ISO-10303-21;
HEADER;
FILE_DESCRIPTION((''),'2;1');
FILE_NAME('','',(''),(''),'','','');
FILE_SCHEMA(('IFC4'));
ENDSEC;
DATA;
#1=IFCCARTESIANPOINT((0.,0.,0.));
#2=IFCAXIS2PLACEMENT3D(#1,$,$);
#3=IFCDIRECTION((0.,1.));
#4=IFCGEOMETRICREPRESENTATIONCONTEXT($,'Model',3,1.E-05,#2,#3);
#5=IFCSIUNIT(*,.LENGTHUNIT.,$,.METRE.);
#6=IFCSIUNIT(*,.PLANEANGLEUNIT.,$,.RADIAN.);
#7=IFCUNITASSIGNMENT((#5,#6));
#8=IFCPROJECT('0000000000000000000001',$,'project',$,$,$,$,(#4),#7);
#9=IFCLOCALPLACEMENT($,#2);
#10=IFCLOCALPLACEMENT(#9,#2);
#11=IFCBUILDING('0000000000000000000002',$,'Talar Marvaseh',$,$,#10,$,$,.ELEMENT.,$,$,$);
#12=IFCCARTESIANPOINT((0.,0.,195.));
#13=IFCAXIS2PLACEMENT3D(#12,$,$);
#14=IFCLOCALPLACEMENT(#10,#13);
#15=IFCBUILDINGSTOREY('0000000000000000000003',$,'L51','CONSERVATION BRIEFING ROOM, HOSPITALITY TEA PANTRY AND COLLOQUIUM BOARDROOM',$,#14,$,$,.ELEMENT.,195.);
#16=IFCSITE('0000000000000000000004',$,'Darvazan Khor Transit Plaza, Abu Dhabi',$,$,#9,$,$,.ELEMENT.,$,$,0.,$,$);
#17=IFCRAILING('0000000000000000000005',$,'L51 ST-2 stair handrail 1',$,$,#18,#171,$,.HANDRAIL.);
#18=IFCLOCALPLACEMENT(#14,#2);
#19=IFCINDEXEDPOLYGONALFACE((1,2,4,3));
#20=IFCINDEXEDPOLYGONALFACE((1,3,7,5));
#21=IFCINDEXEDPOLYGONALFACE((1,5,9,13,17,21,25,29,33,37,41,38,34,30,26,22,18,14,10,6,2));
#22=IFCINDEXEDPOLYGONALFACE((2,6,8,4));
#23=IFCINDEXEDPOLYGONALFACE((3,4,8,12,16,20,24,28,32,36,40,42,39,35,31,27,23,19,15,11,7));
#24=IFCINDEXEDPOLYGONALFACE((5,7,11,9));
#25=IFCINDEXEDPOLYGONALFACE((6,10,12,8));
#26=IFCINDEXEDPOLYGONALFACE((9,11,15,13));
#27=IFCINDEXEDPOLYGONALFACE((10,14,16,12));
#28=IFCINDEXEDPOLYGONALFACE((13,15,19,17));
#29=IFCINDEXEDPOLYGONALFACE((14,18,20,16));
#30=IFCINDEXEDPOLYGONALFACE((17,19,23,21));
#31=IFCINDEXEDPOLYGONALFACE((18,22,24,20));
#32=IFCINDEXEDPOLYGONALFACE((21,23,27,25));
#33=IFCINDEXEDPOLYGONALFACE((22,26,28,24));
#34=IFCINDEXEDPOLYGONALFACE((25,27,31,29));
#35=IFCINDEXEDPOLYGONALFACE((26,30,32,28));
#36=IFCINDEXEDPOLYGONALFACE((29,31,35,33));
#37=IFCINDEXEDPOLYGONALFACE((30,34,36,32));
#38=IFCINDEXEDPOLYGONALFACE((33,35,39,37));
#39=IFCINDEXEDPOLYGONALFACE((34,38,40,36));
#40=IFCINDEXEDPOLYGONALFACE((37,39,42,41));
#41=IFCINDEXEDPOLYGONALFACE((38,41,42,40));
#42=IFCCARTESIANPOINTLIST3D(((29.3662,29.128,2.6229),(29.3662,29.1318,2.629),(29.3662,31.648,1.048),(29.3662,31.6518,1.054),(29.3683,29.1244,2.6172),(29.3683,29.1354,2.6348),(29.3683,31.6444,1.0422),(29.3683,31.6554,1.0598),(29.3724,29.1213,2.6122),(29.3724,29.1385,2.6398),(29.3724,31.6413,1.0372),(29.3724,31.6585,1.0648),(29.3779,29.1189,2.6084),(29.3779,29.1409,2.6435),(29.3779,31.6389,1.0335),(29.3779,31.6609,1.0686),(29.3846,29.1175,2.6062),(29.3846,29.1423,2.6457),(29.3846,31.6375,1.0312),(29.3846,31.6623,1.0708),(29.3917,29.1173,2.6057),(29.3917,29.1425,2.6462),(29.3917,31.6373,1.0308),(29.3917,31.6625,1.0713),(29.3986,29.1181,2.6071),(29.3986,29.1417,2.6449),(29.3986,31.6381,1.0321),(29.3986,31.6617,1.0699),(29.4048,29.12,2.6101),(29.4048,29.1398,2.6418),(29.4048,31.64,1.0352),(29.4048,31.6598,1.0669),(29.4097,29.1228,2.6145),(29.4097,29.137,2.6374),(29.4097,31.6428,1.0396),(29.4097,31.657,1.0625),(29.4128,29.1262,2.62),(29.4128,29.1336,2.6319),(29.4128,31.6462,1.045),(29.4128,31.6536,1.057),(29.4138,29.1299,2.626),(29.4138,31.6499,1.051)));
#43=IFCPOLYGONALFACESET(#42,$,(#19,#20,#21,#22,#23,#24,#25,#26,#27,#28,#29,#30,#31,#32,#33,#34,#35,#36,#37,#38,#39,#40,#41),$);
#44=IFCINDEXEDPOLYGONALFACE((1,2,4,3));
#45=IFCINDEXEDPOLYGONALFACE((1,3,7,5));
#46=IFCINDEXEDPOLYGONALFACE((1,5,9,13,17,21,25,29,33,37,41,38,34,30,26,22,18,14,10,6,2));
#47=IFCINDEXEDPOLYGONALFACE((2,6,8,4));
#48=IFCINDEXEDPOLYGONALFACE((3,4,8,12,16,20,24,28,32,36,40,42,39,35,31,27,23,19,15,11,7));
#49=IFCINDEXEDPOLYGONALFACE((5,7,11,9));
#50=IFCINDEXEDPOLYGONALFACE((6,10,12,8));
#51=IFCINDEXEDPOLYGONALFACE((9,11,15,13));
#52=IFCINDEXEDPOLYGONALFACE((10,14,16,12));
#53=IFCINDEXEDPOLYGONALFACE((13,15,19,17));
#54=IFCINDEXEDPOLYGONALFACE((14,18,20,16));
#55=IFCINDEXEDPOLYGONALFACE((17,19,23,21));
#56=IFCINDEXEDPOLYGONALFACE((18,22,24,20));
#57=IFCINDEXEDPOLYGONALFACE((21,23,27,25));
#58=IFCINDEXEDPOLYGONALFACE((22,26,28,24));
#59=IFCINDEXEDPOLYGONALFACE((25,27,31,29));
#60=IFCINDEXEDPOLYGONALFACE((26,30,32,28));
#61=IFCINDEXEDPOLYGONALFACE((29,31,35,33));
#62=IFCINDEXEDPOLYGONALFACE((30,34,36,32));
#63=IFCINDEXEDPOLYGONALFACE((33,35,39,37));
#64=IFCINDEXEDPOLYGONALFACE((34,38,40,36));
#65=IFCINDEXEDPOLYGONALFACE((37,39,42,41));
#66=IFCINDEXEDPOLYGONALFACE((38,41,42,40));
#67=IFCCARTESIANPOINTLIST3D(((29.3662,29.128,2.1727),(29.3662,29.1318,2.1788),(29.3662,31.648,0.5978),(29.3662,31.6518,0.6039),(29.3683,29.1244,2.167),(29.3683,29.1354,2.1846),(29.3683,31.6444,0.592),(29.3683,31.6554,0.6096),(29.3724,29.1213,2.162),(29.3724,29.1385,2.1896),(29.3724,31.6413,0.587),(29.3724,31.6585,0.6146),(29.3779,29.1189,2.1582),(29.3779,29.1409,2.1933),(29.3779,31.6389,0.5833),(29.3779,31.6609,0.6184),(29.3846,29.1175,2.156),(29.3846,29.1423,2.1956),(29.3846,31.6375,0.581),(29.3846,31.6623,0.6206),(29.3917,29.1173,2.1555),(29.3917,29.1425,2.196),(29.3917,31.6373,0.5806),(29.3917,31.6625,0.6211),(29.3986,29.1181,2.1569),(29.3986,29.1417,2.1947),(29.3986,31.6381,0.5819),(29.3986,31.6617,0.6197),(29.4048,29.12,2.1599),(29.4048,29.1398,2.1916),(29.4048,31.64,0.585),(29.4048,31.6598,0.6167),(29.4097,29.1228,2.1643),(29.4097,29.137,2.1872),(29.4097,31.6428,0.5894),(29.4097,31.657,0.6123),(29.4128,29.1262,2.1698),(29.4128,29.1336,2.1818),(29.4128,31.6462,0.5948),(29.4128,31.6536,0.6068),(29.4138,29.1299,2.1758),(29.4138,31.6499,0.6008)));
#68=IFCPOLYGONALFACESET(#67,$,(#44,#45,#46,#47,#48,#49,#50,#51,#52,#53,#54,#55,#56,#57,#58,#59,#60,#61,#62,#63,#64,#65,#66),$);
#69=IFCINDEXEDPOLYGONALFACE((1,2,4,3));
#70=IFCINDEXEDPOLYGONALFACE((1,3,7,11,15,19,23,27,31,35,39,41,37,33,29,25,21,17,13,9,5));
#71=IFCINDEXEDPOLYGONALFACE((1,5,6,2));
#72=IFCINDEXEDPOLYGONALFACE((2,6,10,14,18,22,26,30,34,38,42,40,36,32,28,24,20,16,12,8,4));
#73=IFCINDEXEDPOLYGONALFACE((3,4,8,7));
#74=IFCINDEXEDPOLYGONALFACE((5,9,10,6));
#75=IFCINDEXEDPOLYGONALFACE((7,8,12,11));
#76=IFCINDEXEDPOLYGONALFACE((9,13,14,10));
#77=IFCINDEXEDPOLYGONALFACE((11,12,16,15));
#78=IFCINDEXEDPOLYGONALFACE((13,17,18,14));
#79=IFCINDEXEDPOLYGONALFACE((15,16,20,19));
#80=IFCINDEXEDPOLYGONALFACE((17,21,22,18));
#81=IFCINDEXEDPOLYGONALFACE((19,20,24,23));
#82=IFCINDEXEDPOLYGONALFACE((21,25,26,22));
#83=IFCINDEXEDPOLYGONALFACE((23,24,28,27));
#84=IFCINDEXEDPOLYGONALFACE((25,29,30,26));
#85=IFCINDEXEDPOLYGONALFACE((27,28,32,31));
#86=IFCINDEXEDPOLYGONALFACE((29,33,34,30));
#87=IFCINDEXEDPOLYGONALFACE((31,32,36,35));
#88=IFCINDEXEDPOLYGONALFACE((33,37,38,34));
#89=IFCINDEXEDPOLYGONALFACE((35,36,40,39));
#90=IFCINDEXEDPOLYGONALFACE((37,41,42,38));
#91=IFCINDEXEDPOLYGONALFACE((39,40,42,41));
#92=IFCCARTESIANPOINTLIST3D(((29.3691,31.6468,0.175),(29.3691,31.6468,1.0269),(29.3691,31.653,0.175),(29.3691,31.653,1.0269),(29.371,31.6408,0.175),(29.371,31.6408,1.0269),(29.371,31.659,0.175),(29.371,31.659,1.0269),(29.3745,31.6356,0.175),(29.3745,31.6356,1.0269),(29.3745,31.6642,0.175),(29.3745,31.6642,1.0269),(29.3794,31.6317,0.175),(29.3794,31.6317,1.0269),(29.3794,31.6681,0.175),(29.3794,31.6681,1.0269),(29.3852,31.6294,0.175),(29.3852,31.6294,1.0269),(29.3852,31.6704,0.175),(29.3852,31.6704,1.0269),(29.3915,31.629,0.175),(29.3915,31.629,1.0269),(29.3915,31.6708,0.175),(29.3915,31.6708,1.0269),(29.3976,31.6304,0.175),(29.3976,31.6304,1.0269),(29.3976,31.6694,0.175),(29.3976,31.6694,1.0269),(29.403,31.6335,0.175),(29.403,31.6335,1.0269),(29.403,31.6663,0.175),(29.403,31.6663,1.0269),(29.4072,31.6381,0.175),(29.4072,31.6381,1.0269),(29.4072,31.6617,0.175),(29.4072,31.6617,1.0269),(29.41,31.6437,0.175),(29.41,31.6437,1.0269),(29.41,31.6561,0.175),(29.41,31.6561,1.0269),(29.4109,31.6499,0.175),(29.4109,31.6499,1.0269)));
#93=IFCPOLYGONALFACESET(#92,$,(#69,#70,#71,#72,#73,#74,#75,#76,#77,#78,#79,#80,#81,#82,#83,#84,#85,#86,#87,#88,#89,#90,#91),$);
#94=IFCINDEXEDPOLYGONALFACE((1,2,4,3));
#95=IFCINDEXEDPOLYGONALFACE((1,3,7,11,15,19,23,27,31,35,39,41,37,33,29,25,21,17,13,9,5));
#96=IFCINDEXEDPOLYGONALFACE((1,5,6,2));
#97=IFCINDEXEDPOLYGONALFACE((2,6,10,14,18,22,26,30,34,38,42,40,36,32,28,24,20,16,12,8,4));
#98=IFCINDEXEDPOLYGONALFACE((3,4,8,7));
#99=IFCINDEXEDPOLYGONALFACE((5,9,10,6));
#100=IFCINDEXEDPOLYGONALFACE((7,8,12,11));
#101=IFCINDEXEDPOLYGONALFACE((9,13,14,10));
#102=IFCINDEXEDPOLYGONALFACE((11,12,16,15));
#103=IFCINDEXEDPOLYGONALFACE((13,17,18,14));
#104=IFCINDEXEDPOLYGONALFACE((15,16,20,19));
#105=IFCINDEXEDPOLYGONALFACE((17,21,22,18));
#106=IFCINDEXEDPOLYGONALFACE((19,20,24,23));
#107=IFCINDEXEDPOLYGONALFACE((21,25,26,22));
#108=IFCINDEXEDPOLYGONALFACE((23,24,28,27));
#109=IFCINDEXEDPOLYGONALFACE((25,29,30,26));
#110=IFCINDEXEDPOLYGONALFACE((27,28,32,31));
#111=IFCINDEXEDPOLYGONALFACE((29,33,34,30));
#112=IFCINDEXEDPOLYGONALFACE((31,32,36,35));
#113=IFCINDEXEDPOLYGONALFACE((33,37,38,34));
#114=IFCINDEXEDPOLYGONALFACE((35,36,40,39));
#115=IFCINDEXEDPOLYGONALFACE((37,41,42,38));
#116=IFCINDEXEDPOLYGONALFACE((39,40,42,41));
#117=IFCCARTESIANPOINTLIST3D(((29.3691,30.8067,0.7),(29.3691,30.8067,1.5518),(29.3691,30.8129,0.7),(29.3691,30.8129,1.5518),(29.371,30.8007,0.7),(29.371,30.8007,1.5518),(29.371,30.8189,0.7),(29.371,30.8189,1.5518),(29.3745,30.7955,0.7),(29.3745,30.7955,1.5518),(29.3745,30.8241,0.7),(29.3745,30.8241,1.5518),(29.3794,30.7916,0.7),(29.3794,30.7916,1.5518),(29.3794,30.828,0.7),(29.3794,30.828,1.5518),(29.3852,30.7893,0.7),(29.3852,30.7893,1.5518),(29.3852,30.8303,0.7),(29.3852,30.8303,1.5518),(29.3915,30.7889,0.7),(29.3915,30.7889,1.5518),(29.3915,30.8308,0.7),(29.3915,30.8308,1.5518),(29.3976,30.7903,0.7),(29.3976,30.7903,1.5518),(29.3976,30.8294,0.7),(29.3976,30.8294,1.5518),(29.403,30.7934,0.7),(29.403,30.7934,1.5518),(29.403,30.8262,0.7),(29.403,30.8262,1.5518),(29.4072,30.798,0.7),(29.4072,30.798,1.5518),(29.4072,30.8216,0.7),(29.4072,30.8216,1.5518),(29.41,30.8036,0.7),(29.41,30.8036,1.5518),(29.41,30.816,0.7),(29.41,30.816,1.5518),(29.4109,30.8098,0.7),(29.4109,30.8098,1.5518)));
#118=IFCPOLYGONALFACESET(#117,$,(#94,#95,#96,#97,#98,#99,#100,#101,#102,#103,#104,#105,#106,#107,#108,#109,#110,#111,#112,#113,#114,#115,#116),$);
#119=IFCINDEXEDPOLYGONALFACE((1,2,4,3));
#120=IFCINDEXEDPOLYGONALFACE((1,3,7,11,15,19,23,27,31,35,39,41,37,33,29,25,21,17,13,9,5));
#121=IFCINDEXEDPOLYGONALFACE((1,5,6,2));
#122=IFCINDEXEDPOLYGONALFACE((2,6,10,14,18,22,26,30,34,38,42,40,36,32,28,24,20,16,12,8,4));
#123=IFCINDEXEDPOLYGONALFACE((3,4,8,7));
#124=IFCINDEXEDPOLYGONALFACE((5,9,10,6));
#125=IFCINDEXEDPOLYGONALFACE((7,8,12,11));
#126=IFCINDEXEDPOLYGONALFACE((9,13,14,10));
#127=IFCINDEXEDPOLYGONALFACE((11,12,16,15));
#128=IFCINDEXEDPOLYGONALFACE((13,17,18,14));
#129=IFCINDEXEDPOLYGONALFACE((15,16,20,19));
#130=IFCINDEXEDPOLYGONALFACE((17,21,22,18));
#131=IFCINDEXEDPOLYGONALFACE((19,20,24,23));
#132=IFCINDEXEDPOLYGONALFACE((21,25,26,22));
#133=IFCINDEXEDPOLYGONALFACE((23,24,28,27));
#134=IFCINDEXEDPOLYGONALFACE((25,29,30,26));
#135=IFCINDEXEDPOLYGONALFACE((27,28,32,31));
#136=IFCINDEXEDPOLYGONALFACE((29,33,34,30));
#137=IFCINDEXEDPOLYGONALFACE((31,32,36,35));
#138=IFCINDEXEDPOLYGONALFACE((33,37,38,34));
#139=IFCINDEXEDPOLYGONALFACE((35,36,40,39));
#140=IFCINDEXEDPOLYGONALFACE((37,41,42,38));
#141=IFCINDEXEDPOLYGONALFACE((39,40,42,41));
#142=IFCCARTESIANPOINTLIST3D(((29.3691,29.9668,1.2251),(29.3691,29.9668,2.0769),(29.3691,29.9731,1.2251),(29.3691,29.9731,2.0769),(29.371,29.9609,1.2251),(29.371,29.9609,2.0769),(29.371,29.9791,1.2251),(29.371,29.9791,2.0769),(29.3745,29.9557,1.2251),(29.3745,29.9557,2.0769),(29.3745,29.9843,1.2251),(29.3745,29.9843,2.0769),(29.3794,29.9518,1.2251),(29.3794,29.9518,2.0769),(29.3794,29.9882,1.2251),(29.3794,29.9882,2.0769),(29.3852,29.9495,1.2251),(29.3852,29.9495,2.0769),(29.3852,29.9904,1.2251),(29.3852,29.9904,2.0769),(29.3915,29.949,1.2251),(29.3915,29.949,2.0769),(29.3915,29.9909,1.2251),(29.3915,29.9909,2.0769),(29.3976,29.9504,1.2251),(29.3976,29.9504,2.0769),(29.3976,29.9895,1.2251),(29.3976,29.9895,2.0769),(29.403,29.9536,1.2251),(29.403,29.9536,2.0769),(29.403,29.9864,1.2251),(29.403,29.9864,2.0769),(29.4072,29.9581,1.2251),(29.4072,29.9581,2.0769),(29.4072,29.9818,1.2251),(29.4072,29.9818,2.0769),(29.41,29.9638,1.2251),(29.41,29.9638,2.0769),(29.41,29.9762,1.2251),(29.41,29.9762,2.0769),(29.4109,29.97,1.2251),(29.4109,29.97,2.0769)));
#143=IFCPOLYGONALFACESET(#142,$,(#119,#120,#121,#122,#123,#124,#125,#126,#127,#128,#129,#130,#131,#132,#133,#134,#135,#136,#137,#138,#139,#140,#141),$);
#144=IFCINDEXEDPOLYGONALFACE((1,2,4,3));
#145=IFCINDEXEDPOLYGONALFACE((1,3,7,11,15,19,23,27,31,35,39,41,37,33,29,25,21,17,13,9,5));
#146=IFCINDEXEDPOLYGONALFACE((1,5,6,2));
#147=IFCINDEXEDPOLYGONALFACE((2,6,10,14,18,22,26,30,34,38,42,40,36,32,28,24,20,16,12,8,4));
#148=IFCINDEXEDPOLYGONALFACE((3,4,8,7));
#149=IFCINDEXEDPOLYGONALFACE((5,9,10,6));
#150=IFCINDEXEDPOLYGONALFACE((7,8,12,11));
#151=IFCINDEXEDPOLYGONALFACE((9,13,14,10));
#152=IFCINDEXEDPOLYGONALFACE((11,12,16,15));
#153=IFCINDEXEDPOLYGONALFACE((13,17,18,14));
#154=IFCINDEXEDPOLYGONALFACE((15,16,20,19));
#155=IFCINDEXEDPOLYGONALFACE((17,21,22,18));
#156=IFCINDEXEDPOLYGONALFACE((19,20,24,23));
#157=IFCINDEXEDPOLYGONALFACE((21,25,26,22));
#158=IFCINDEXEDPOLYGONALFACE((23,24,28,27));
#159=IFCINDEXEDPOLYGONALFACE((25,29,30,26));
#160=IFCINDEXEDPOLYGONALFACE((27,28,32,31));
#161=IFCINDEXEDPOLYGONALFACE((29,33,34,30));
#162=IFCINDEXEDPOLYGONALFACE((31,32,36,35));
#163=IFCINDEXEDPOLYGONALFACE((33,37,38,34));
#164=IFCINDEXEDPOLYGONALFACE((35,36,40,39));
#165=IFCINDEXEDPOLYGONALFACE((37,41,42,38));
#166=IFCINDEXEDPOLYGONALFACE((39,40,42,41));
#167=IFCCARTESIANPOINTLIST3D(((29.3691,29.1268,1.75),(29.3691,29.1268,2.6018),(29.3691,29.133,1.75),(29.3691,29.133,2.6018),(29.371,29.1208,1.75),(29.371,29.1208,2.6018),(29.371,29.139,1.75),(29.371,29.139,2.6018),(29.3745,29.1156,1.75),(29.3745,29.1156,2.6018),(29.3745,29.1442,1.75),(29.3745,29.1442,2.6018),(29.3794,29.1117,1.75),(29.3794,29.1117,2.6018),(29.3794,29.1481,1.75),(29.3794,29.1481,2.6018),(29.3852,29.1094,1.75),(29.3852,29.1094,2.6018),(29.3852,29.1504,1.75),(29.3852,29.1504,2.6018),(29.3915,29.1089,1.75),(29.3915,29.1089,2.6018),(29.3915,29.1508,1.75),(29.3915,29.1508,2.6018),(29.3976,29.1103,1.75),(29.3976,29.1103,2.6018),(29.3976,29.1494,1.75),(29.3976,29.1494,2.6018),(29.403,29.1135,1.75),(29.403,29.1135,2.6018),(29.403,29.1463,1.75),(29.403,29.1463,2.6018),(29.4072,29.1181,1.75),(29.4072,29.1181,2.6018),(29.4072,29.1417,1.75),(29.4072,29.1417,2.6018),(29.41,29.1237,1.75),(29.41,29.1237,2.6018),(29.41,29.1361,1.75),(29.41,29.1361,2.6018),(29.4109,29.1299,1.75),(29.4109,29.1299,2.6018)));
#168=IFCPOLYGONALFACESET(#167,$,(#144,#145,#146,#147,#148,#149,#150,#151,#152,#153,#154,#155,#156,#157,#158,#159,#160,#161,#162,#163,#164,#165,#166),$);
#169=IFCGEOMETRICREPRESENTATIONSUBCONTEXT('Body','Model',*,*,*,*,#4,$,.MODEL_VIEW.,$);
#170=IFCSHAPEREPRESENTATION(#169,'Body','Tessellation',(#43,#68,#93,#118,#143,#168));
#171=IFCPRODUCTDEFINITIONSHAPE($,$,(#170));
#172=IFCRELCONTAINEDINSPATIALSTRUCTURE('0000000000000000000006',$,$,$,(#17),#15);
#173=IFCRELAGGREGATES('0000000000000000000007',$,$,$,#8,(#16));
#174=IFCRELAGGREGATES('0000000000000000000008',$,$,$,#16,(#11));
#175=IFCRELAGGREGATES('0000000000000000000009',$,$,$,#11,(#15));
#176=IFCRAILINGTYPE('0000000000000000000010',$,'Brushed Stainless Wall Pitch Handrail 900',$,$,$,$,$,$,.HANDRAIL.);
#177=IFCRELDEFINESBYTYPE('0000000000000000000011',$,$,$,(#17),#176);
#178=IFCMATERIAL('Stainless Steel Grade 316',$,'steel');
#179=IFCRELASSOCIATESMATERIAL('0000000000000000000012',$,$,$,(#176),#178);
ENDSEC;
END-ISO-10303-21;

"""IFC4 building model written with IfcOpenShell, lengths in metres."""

from ifc_helpers import new_model, si_unit, direction, frame, origin, origin_2d, place, context, subcontext, project, spatial, circle, extrude, material, type_object, element, save


model = new_model("IFC4")

# Units and contexts
model_context = context("Model", 3, precision=1e-05, world=origin(), true_north=direction((0.0, 1.0)))
body_context = subcontext(model_context, "Body", "Model", "MODEL_VIEW")
ifc_project = project(units=[si_unit("LENGTHUNIT", "METRE"), si_unit("PLANEANGLEUNIT", "RADIAN")], contexts=[model_context])

# Site, building, storey
site_placement = place(None, origin())
site = spatial("IfcSite", under=ifc_project, at=site_placement, Name="Darvazan Khor Transit Plaza, Abu Dhabi", CompositionType="ELEMENT", RefElevation=0.0)
building_placement = place(site_placement, origin())
building = spatial("IfcBuilding", under=site, at=building_placement, Name="Talar Marvaseh", CompositionType="ELEMENT")
storey_placement = place(building_placement, frame((0.0, 0.0, 195.0)))
storey = spatial("IfcBuildingStorey", under=building, at=storey_placement, Name="L51", Description="CONSERVATION BRIEFING ROOM, HOSPITALITY TEA PANTRY AND COLLOQUIUM BOARDROOM", CompositionType="ELEMENT", Elevation=195.0)

# Shared definitions
ifc_material_1 = material(Name="Stainless Steel Grade 316", Category="steel")

# Railing
railing_type_1 = type_object("IfcRailingType", Name="Brushed Stainless Wall Pitch Handrail 900", PredefinedType="HANDRAIL", material=ifc_material_1)
railing_1_placement = place(storey_placement, frame((29.3899, 31.6499, 0.175)))
element("IfcRailing", 1, at=railing_1_placement, inside=storey, type_object=railing_type_1, Name="L51 ST-2 stair handrail 1", PredefinedType="HANDRAIL", context=body_context, shape_type="SweptSolid", body=[
    extrude(circle(Radius=0.0239, at=origin_2d()), frame((0.0, 0.0, 0.876), z_axis=(0.0, -0.848008, 0.529984), x_axis=(1.0, 0.0, 0.0)), (0.0, 0.0, 1.0), 2.9717),
    extrude(circle(Radius=0.0239, at=origin_2d()), frame((0.0, 0.0, 0.4258), z_axis=(0.0, -0.848008, 0.529984), x_axis=(1.0, 0.0, 0.0)), (0.0, 0.0, 1.0), 2.9717),
    extrude(circle(Radius=0.021, at=origin_2d()), origin(), (0.0, 0.0, 1.0), 0.8518),
    extrude(circle(Radius=0.021, at=origin_2d()), frame((0.0, -0.8401, 0.5249)), (0.0, 0.0, 1.0), 0.8518),
    extrude(circle(Radius=0.021, at=origin_2d()), frame((0.0, -1.6799, 1.05)), (0.0, 0.0, 1.0), 0.8518),
    extrude(circle(Radius=0.021, at=origin_2d()), frame((0.0, -2.52, 1.575)), (0.0, 0.0, 1.0), 0.8518),
])

save(model, "model.ifc")
